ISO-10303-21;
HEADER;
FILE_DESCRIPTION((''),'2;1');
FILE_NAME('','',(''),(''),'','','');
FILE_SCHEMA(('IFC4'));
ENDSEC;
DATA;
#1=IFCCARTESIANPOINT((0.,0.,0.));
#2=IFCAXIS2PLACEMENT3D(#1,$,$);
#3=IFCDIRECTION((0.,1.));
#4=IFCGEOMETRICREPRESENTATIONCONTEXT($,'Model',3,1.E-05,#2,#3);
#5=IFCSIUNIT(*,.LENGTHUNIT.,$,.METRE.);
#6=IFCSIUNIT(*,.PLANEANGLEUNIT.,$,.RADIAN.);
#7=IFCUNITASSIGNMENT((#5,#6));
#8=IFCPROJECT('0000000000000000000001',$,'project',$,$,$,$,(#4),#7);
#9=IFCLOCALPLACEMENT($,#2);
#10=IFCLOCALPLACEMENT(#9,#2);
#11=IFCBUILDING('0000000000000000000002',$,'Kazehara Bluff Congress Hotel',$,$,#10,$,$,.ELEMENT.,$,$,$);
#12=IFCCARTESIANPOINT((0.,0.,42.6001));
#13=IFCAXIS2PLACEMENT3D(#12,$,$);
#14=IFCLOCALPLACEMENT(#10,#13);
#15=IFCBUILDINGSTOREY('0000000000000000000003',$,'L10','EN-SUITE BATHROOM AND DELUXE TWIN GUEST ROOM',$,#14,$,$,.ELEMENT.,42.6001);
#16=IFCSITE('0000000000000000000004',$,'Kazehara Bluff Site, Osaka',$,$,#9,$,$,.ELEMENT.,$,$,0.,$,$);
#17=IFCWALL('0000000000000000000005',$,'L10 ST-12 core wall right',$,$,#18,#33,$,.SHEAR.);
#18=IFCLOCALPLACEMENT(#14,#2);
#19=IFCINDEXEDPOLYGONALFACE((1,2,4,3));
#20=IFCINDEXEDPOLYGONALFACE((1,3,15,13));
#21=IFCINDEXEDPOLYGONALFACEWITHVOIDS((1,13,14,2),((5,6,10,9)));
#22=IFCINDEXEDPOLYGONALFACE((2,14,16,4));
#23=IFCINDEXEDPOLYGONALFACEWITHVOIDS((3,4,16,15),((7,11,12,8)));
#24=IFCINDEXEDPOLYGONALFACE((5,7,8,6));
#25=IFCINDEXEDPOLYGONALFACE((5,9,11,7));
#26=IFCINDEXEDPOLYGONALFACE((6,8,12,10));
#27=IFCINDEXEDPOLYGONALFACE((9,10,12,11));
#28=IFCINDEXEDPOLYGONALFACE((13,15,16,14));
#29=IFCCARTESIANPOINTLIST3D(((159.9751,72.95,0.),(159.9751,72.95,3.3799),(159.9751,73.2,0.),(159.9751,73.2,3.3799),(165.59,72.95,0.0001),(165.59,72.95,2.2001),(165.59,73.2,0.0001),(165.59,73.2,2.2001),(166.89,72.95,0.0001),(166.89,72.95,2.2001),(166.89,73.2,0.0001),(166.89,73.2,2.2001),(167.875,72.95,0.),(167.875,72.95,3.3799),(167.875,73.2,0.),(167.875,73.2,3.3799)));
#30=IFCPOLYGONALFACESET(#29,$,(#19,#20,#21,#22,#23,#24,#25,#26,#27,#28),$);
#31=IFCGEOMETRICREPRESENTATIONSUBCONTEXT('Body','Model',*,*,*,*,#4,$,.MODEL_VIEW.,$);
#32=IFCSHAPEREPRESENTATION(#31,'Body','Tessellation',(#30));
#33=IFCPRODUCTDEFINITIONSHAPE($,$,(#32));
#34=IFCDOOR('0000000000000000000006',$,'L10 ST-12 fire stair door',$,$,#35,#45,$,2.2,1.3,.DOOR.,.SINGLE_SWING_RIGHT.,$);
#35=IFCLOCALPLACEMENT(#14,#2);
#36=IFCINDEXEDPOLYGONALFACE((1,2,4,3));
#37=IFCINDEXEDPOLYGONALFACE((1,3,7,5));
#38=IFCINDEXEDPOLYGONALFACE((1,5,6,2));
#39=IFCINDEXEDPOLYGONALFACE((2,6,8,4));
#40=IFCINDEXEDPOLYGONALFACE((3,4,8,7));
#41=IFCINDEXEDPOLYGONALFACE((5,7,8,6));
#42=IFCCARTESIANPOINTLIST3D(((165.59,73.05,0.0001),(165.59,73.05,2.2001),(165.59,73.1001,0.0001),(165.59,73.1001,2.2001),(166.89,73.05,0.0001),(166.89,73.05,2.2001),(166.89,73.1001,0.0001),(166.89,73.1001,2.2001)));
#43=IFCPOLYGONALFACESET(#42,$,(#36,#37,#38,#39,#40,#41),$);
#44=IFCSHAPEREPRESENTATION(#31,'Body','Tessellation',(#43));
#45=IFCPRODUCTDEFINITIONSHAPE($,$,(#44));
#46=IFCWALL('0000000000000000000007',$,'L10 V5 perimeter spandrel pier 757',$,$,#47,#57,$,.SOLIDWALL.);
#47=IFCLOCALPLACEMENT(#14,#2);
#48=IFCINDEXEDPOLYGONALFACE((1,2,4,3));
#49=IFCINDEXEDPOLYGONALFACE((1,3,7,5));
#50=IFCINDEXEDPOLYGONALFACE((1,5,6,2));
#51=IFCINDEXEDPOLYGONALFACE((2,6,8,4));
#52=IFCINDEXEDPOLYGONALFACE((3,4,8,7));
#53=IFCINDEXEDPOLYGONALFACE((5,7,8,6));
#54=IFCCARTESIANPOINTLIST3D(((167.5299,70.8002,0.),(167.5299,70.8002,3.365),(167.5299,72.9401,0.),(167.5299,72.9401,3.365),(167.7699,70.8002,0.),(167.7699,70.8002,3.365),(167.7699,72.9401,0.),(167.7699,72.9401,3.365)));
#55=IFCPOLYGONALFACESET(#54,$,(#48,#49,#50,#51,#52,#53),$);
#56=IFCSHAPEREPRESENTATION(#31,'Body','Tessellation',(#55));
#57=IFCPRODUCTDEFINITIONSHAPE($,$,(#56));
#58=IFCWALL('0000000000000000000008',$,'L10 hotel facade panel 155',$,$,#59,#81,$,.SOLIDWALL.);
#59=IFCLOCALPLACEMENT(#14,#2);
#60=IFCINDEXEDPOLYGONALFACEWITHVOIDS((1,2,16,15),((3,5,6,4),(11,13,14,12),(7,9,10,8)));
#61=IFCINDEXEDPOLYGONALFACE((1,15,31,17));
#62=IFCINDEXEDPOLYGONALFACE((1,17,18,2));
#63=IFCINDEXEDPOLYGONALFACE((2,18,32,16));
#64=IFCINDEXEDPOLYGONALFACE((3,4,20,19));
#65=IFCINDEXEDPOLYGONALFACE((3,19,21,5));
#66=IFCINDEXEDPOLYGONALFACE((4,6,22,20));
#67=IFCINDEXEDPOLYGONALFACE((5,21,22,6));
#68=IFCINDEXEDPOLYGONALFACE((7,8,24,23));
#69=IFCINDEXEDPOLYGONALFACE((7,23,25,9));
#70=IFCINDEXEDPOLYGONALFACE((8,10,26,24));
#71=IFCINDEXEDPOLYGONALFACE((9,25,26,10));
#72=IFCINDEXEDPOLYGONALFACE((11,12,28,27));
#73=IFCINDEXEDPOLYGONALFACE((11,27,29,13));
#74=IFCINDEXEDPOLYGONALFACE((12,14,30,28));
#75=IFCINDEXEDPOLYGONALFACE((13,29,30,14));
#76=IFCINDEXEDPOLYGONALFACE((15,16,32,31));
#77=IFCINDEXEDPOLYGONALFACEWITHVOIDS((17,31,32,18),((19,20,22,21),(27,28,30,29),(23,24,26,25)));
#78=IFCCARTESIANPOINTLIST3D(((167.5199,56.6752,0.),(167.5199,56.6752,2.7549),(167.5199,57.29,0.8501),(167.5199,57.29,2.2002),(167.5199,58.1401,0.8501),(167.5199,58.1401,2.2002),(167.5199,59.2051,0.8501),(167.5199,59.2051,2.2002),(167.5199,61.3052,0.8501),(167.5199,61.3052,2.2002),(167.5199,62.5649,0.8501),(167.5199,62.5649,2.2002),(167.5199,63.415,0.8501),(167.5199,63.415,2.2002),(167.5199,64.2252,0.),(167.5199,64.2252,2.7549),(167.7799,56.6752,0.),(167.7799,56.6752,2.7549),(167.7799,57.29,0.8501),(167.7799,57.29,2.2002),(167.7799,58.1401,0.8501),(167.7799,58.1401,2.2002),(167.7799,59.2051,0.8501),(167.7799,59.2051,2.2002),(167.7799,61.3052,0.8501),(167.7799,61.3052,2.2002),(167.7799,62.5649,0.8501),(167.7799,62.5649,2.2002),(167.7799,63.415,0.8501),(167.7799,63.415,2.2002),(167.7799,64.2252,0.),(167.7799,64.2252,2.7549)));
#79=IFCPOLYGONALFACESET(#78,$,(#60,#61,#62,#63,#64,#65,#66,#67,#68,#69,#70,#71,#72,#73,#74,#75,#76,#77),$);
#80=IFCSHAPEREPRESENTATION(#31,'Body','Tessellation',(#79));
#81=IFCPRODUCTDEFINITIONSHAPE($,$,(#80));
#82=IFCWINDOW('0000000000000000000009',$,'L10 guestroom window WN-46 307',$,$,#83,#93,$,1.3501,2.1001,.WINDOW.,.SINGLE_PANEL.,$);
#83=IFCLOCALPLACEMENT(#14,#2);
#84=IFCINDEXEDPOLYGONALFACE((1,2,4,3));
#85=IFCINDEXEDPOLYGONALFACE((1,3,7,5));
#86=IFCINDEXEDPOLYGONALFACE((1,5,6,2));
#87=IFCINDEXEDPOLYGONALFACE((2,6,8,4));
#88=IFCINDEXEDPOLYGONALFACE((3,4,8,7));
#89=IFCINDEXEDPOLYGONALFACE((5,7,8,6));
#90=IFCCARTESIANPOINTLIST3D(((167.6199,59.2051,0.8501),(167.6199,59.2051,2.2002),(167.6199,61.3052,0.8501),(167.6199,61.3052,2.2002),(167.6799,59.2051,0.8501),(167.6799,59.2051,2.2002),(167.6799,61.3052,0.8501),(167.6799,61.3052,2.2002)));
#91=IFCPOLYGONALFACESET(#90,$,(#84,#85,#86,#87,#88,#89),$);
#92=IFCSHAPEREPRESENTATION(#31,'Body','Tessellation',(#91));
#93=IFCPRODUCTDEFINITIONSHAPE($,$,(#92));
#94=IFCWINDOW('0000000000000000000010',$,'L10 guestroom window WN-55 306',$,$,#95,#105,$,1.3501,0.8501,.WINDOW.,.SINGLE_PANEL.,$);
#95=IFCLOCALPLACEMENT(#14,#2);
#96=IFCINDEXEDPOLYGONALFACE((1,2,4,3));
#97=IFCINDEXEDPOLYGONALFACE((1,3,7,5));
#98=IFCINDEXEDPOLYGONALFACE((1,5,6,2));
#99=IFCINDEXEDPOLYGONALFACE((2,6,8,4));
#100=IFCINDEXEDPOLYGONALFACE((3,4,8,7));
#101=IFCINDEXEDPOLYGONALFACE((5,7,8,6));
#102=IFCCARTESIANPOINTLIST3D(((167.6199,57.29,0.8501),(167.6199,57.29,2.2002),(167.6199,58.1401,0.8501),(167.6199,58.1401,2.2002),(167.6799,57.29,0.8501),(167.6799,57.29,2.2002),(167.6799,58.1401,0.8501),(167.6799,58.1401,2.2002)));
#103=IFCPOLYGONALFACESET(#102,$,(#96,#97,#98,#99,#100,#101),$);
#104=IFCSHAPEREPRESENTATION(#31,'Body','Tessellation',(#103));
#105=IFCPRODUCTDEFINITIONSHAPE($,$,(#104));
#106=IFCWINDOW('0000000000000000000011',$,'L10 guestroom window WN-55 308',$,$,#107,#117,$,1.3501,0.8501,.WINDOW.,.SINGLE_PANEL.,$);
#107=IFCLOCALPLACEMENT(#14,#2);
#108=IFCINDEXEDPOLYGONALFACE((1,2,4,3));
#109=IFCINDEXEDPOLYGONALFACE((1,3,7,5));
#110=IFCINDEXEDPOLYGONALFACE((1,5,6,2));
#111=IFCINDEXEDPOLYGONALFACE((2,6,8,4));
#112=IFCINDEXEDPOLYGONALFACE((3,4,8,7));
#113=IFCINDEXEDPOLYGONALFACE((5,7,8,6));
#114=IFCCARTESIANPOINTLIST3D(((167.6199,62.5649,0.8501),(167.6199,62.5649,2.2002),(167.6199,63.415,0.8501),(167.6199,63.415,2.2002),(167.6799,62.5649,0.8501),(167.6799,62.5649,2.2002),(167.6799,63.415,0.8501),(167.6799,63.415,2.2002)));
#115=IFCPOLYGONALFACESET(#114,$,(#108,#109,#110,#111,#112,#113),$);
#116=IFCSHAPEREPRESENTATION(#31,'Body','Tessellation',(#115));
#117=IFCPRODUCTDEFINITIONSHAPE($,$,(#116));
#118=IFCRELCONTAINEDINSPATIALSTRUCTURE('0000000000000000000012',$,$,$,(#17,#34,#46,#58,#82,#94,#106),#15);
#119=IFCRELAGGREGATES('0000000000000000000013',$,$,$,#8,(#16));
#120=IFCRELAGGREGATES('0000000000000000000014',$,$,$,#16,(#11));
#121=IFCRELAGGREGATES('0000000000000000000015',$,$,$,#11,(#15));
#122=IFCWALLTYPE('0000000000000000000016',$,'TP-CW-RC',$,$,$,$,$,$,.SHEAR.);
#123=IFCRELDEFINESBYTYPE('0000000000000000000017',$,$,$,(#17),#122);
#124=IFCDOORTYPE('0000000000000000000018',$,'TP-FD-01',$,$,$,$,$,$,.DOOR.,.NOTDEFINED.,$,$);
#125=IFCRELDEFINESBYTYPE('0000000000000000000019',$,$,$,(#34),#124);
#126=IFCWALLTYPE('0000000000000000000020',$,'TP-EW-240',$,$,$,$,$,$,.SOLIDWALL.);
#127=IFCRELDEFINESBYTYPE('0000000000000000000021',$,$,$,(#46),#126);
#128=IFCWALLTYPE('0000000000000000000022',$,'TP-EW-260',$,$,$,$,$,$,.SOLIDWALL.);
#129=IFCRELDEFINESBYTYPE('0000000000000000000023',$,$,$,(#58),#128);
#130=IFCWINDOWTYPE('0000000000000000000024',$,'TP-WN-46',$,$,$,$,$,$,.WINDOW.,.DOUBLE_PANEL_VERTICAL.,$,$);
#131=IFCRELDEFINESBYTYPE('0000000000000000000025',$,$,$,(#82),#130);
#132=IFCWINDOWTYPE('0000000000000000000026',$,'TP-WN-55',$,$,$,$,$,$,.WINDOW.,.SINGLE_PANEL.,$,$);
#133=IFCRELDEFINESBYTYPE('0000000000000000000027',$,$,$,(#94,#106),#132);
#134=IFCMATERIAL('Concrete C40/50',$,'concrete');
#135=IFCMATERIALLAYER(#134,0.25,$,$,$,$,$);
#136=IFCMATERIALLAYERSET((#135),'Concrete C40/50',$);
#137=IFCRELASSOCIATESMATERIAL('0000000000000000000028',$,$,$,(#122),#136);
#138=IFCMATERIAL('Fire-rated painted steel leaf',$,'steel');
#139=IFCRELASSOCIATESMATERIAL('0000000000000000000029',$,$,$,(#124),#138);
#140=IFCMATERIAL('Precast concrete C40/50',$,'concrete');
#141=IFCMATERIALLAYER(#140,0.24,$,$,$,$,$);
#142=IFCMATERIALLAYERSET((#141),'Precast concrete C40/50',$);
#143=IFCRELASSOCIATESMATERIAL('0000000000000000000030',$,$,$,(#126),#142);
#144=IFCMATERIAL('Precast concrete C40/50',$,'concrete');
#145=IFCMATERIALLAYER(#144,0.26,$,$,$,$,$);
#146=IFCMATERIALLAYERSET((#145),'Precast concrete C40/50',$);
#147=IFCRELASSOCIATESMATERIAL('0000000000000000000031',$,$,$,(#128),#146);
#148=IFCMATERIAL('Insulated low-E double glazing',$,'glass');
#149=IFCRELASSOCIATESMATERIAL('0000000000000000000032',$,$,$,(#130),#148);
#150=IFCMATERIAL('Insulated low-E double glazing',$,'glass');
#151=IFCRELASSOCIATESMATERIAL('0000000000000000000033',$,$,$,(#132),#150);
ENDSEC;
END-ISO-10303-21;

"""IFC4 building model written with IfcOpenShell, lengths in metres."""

from ifc_helpers import new_model, si_unit, direction, frame, frame_2d, origin, place, context, subcontext, project, spatial, rectangle, extrude, material, layer, layer_set, type_object, element, fill, save


model = new_model("IFC4")

# Units and contexts
model_context = context("Model", 3, precision=1e-05, world=origin(), true_north=direction((0.0, 1.0)))
body_context = subcontext(model_context, "Body", "Model", "MODEL_VIEW")
ifc_project = project(units=[si_unit("LENGTHUNIT", "METRE"), si_unit("PLANEANGLEUNIT", "RADIAN")], contexts=[model_context])

# Site, building, storey
site_placement = place(None, origin())
site = spatial("IfcSite", under=ifc_project, at=site_placement, Name="Kazehara Bluff Site, Osaka", CompositionType="ELEMENT", RefElevation=0.0)
building_placement = place(site_placement, origin())
building = spatial("IfcBuilding", under=site, at=building_placement, Name="Kazehara Bluff Congress Hotel", CompositionType="ELEMENT")
storey_placement = place(building_placement, frame((0.0, 0.0, 42.6001)))
storey = spatial("IfcBuildingStorey", under=building, at=storey_placement, Name="L10", Description="EN-SUITE BATHROOM AND DELUXE TWIN GUEST ROOM", CompositionType="ELEMENT", Elevation=42.6001)

# Shared definitions
ifc_material_1 = material(Name="Concrete C40/50", Category="concrete")
ifc_layer_1 = layer(ifc_material_1, 0.25)
ifc_layer_set_1 = layer_set([ifc_layer_1], Name="Concrete C40/50")
wall_type_1 = type_object("IfcWallType", Name="TP-CW-RC", PredefinedType="SHEAR", material=ifc_layer_set_1)

# Wall, opening, door
wall_1_placement = place(storey_placement, frame((167.875, 73.075, 0.0), z_axis=(0.0, 0.0, 1.0), x_axis=(-1.0, 0.0, 0.0)))
wall_1 = element("IfcWall", 1, at=wall_1_placement, inside=storey, type_object=wall_type_1, Name="L10 ST-12 core wall right", PredefinedType="SHEAR", context=body_context, shape_type="SweptSolid", body=[
    extrude(rectangle(XDim=7.8999, YDim=0.25, at=frame_2d((3.95, 0.0))), origin(), (0.0, 0.0, 1.0), 3.3799),
])
opening_1_placement = place(wall_1_placement, frame((0.9851, 0.0, 0.0)))
opening_1 = element("IfcOpeningElement", 2, at=opening_1_placement, cuts=wall_1, PredefinedType="OPENING", context=body_context, shape_type="SweptSolid", body=[
    extrude(rectangle(XDim=1.3, YDim=2.2, at=frame_2d((0.6499, 1.1001))), frame((0.0, 0.135, 0.0), z_axis=(0.0, -1.0, 0.0), x_axis=(1.0, 0.0, 0.0)), (0.0, 0.0, 1.0), 0.27),
])
ifc_material_2 = material(Name="Fire-rated painted steel leaf", Category="steel")
door_type = type_object("IfcDoorType", Name="TP-FD-01", OperationType="NOTDEFINED", PredefinedType="DOOR", material=ifc_material_2)
door_placement = place(opening_1_placement, origin())
door = element("IfcDoor", 3, at=door_placement, inside=storey, type_object=door_type, Name="L10 ST-12 fire stair door", OperationType="SINGLE_SWING_RIGHT", OverallHeight=2.2, OverallWidth=1.3, PredefinedType="DOOR", context=body_context, shape_type="SweptSolid", body=[
    extrude(rectangle(XDim=1.3, YDim=2.2, at=frame_2d((0.6499, 1.1001))), frame((0.0, 0.0249, 0.0), z_axis=(0.0, -1.0, 0.0), x_axis=(1.0, 0.0, 0.0)), (0.0, 0.0, 1.0), 0.05),
])
fill(opening_1, door)

# Wall
ifc_material_3 = material(Name="Precast concrete C40/50", Category="concrete")
ifc_layer_2 = layer(ifc_material_3, 0.24)
ifc_layer_set_2 = layer_set([ifc_layer_2], Name="Precast concrete C40/50")
wall_type_2 = type_object("IfcWallType", Name="TP-EW-240", PredefinedType="SOLIDWALL", material=ifc_layer_set_2)
wall_2_placement = place(storey_placement, frame((167.6499, 72.9399, 0.0), z_axis=(0.0, 0.0, 1.0), x_axis=(0.0, -1.0, 0.0)))
element("IfcWall", 4, at=wall_2_placement, inside=storey, type_object=wall_type_2, Name="L10 V5 perimeter spandrel pier 757", PredefinedType="SOLIDWALL", context=body_context, shape_type="SweptSolid", body=[
    extrude(rectangle(XDim=2.1399, YDim=0.24, at=frame_2d((1.0698, 0.0))), origin(), (0.0, 0.0, 1.0), 3.365),
])

# Wall, openings, windows
ifc_material_4 = material(Name="Precast concrete C40/50", Category="concrete")
ifc_layer_3 = layer(ifc_material_4, 0.26)
ifc_layer_set_3 = layer_set([ifc_layer_3], Name="Precast concrete C40/50")
wall_type_3 = type_object("IfcWallType", Name="TP-EW-260", PredefinedType="SOLIDWALL", material=ifc_layer_set_3)
wall_3_placement = place(storey_placement, frame((167.6499, 64.2251, 0.0), z_axis=(0.0, 0.0, 1.0), x_axis=(0.0, -1.0, 0.0)))
wall_3 = element("IfcWall", 5, at=wall_3_placement, inside=storey, type_object=wall_type_3, Name="L10 hotel facade panel 155", PredefinedType="SOLIDWALL", context=body_context, shape_type="SweptSolid", body=[
    extrude(rectangle(XDim=7.55, YDim=0.26, at=frame_2d((3.7749, 0.0))), origin(), (0.0, 0.0, 1.0), 2.7549),
])
opening_2_placement = place(wall_3_placement, frame((6.085, 0.0, 0.8501)))
opening_2 = element("IfcOpeningElement", 6, at=opening_2_placement, cuts=wall_3, PredefinedType="OPENING", context=body_context, shape_type="SweptSolid", body=[
    extrude(rectangle(XDim=0.8501, YDim=1.3501, at=frame_2d((0.425, 0.675))), frame((0.0, 0.1399, 0.0), z_axis=(0.0, -1.0, 0.0), x_axis=(1.0, 0.0, 0.0)), (0.0, 0.0, 1.0), 0.28),
])
opening_3_placement = place(wall_3_placement, frame((2.9199, 0.0, 0.8501)))
opening_3 = element("IfcOpeningElement", 7, at=opening_3_placement, cuts=wall_3, PredefinedType="OPENING", context=body_context, shape_type="SweptSolid", body=[
    extrude(rectangle(XDim=2.1001, YDim=1.3501, at=frame_2d((1.05, 0.675))), frame((0.0, 0.1399, 0.0), z_axis=(0.0, -1.0, 0.0), x_axis=(1.0, 0.0, 0.0)), (0.0, 0.0, 1.0), 0.28),
])
opening_4_placement = place(wall_3_placement, frame((0.8101, 0.0, 0.8501)))
opening_4 = element("IfcOpeningElement", 8, at=opening_4_placement, cuts=wall_3, PredefinedType="OPENING", context=body_context, shape_type="SweptSolid", body=[
    extrude(rectangle(XDim=0.8501, YDim=1.3501, at=frame_2d((0.425, 0.675))), frame((0.0, 0.1399, 0.0), z_axis=(0.0, -1.0, 0.0), x_axis=(1.0, 0.0, 0.0)), (0.0, 0.0, 1.0), 0.28),
])
ifc_material_5 = material(Name="Insulated low-E double glazing", Category="glass")
window_type_1 = type_object("IfcWindowType", Name="TP-WN-46", PartitioningType="DOUBLE_PANEL_VERTICAL", PredefinedType="WINDOW", material=ifc_material_5)
window_1_placement = place(opening_3_placement, origin())
window_1 = element("IfcWindow", 9, at=window_1_placement, inside=storey, type_object=window_type_1, Name="L10 guestroom window WN-46 307", OverallHeight=1.3501, OverallWidth=2.1001, PartitioningType="SINGLE_PANEL", PredefinedType="WINDOW", context=body_context, shape_type="SweptSolid", body=[
    extrude(rectangle(XDim=2.1001, YDim=1.3501, at=frame_2d((1.05, 0.675))), frame((0.0, 0.03, 0.0), z_axis=(0.0, -1.0, 0.0), x_axis=(1.0, 0.0, 0.0)), (0.0, 0.0, 1.0), 0.0601),
])
fill(opening_3, window_1)
ifc_material_6 = material(Name="Insulated low-E double glazing", Category="glass")
window_type_2 = type_object("IfcWindowType", Name="TP-WN-55", PartitioningType="SINGLE_PANEL", PredefinedType="WINDOW", material=ifc_material_6)
window_2_placement = place(opening_2_placement, origin())
window_2 = element("IfcWindow", 10, at=window_2_placement, inside=storey, type_object=window_type_2, Name="L10 guestroom window WN-55 306", OverallHeight=1.3501, OverallWidth=0.8501, PartitioningType="SINGLE_PANEL", PredefinedType="WINDOW", context=body_context, shape_type="SweptSolid", body=[
    extrude(rectangle(XDim=0.8501, YDim=1.3501, at=frame_2d((0.425, 0.675))), frame((0.0, 0.03, 0.0), z_axis=(0.0, -1.0, 0.0), x_axis=(1.0, 0.0, 0.0)), (0.0, 0.0, 1.0), 0.0601),
])
fill(opening_2, window_2)
window_3_placement = place(opening_4_placement, origin())
window_3 = element("IfcWindow", 11, at=window_3_placement, inside=storey, type_object=window_type_2, Name="L10 guestroom window WN-55 308", OverallHeight=1.3501, OverallWidth=0.8501, PartitioningType="SINGLE_PANEL", PredefinedType="WINDOW", context=body_context, shape_type="SweptSolid", body=[
    extrude(rectangle(XDim=0.8501, YDim=1.3501, at=frame_2d((0.425, 0.675))), frame((0.0, 0.03, 0.0), z_axis=(0.0, -1.0, 0.0), x_axis=(1.0, 0.0, 0.0)), (0.0, 0.0, 1.0), 0.0601),
])
fill(opening_4, window_3)

save(model, "model.ifc")
